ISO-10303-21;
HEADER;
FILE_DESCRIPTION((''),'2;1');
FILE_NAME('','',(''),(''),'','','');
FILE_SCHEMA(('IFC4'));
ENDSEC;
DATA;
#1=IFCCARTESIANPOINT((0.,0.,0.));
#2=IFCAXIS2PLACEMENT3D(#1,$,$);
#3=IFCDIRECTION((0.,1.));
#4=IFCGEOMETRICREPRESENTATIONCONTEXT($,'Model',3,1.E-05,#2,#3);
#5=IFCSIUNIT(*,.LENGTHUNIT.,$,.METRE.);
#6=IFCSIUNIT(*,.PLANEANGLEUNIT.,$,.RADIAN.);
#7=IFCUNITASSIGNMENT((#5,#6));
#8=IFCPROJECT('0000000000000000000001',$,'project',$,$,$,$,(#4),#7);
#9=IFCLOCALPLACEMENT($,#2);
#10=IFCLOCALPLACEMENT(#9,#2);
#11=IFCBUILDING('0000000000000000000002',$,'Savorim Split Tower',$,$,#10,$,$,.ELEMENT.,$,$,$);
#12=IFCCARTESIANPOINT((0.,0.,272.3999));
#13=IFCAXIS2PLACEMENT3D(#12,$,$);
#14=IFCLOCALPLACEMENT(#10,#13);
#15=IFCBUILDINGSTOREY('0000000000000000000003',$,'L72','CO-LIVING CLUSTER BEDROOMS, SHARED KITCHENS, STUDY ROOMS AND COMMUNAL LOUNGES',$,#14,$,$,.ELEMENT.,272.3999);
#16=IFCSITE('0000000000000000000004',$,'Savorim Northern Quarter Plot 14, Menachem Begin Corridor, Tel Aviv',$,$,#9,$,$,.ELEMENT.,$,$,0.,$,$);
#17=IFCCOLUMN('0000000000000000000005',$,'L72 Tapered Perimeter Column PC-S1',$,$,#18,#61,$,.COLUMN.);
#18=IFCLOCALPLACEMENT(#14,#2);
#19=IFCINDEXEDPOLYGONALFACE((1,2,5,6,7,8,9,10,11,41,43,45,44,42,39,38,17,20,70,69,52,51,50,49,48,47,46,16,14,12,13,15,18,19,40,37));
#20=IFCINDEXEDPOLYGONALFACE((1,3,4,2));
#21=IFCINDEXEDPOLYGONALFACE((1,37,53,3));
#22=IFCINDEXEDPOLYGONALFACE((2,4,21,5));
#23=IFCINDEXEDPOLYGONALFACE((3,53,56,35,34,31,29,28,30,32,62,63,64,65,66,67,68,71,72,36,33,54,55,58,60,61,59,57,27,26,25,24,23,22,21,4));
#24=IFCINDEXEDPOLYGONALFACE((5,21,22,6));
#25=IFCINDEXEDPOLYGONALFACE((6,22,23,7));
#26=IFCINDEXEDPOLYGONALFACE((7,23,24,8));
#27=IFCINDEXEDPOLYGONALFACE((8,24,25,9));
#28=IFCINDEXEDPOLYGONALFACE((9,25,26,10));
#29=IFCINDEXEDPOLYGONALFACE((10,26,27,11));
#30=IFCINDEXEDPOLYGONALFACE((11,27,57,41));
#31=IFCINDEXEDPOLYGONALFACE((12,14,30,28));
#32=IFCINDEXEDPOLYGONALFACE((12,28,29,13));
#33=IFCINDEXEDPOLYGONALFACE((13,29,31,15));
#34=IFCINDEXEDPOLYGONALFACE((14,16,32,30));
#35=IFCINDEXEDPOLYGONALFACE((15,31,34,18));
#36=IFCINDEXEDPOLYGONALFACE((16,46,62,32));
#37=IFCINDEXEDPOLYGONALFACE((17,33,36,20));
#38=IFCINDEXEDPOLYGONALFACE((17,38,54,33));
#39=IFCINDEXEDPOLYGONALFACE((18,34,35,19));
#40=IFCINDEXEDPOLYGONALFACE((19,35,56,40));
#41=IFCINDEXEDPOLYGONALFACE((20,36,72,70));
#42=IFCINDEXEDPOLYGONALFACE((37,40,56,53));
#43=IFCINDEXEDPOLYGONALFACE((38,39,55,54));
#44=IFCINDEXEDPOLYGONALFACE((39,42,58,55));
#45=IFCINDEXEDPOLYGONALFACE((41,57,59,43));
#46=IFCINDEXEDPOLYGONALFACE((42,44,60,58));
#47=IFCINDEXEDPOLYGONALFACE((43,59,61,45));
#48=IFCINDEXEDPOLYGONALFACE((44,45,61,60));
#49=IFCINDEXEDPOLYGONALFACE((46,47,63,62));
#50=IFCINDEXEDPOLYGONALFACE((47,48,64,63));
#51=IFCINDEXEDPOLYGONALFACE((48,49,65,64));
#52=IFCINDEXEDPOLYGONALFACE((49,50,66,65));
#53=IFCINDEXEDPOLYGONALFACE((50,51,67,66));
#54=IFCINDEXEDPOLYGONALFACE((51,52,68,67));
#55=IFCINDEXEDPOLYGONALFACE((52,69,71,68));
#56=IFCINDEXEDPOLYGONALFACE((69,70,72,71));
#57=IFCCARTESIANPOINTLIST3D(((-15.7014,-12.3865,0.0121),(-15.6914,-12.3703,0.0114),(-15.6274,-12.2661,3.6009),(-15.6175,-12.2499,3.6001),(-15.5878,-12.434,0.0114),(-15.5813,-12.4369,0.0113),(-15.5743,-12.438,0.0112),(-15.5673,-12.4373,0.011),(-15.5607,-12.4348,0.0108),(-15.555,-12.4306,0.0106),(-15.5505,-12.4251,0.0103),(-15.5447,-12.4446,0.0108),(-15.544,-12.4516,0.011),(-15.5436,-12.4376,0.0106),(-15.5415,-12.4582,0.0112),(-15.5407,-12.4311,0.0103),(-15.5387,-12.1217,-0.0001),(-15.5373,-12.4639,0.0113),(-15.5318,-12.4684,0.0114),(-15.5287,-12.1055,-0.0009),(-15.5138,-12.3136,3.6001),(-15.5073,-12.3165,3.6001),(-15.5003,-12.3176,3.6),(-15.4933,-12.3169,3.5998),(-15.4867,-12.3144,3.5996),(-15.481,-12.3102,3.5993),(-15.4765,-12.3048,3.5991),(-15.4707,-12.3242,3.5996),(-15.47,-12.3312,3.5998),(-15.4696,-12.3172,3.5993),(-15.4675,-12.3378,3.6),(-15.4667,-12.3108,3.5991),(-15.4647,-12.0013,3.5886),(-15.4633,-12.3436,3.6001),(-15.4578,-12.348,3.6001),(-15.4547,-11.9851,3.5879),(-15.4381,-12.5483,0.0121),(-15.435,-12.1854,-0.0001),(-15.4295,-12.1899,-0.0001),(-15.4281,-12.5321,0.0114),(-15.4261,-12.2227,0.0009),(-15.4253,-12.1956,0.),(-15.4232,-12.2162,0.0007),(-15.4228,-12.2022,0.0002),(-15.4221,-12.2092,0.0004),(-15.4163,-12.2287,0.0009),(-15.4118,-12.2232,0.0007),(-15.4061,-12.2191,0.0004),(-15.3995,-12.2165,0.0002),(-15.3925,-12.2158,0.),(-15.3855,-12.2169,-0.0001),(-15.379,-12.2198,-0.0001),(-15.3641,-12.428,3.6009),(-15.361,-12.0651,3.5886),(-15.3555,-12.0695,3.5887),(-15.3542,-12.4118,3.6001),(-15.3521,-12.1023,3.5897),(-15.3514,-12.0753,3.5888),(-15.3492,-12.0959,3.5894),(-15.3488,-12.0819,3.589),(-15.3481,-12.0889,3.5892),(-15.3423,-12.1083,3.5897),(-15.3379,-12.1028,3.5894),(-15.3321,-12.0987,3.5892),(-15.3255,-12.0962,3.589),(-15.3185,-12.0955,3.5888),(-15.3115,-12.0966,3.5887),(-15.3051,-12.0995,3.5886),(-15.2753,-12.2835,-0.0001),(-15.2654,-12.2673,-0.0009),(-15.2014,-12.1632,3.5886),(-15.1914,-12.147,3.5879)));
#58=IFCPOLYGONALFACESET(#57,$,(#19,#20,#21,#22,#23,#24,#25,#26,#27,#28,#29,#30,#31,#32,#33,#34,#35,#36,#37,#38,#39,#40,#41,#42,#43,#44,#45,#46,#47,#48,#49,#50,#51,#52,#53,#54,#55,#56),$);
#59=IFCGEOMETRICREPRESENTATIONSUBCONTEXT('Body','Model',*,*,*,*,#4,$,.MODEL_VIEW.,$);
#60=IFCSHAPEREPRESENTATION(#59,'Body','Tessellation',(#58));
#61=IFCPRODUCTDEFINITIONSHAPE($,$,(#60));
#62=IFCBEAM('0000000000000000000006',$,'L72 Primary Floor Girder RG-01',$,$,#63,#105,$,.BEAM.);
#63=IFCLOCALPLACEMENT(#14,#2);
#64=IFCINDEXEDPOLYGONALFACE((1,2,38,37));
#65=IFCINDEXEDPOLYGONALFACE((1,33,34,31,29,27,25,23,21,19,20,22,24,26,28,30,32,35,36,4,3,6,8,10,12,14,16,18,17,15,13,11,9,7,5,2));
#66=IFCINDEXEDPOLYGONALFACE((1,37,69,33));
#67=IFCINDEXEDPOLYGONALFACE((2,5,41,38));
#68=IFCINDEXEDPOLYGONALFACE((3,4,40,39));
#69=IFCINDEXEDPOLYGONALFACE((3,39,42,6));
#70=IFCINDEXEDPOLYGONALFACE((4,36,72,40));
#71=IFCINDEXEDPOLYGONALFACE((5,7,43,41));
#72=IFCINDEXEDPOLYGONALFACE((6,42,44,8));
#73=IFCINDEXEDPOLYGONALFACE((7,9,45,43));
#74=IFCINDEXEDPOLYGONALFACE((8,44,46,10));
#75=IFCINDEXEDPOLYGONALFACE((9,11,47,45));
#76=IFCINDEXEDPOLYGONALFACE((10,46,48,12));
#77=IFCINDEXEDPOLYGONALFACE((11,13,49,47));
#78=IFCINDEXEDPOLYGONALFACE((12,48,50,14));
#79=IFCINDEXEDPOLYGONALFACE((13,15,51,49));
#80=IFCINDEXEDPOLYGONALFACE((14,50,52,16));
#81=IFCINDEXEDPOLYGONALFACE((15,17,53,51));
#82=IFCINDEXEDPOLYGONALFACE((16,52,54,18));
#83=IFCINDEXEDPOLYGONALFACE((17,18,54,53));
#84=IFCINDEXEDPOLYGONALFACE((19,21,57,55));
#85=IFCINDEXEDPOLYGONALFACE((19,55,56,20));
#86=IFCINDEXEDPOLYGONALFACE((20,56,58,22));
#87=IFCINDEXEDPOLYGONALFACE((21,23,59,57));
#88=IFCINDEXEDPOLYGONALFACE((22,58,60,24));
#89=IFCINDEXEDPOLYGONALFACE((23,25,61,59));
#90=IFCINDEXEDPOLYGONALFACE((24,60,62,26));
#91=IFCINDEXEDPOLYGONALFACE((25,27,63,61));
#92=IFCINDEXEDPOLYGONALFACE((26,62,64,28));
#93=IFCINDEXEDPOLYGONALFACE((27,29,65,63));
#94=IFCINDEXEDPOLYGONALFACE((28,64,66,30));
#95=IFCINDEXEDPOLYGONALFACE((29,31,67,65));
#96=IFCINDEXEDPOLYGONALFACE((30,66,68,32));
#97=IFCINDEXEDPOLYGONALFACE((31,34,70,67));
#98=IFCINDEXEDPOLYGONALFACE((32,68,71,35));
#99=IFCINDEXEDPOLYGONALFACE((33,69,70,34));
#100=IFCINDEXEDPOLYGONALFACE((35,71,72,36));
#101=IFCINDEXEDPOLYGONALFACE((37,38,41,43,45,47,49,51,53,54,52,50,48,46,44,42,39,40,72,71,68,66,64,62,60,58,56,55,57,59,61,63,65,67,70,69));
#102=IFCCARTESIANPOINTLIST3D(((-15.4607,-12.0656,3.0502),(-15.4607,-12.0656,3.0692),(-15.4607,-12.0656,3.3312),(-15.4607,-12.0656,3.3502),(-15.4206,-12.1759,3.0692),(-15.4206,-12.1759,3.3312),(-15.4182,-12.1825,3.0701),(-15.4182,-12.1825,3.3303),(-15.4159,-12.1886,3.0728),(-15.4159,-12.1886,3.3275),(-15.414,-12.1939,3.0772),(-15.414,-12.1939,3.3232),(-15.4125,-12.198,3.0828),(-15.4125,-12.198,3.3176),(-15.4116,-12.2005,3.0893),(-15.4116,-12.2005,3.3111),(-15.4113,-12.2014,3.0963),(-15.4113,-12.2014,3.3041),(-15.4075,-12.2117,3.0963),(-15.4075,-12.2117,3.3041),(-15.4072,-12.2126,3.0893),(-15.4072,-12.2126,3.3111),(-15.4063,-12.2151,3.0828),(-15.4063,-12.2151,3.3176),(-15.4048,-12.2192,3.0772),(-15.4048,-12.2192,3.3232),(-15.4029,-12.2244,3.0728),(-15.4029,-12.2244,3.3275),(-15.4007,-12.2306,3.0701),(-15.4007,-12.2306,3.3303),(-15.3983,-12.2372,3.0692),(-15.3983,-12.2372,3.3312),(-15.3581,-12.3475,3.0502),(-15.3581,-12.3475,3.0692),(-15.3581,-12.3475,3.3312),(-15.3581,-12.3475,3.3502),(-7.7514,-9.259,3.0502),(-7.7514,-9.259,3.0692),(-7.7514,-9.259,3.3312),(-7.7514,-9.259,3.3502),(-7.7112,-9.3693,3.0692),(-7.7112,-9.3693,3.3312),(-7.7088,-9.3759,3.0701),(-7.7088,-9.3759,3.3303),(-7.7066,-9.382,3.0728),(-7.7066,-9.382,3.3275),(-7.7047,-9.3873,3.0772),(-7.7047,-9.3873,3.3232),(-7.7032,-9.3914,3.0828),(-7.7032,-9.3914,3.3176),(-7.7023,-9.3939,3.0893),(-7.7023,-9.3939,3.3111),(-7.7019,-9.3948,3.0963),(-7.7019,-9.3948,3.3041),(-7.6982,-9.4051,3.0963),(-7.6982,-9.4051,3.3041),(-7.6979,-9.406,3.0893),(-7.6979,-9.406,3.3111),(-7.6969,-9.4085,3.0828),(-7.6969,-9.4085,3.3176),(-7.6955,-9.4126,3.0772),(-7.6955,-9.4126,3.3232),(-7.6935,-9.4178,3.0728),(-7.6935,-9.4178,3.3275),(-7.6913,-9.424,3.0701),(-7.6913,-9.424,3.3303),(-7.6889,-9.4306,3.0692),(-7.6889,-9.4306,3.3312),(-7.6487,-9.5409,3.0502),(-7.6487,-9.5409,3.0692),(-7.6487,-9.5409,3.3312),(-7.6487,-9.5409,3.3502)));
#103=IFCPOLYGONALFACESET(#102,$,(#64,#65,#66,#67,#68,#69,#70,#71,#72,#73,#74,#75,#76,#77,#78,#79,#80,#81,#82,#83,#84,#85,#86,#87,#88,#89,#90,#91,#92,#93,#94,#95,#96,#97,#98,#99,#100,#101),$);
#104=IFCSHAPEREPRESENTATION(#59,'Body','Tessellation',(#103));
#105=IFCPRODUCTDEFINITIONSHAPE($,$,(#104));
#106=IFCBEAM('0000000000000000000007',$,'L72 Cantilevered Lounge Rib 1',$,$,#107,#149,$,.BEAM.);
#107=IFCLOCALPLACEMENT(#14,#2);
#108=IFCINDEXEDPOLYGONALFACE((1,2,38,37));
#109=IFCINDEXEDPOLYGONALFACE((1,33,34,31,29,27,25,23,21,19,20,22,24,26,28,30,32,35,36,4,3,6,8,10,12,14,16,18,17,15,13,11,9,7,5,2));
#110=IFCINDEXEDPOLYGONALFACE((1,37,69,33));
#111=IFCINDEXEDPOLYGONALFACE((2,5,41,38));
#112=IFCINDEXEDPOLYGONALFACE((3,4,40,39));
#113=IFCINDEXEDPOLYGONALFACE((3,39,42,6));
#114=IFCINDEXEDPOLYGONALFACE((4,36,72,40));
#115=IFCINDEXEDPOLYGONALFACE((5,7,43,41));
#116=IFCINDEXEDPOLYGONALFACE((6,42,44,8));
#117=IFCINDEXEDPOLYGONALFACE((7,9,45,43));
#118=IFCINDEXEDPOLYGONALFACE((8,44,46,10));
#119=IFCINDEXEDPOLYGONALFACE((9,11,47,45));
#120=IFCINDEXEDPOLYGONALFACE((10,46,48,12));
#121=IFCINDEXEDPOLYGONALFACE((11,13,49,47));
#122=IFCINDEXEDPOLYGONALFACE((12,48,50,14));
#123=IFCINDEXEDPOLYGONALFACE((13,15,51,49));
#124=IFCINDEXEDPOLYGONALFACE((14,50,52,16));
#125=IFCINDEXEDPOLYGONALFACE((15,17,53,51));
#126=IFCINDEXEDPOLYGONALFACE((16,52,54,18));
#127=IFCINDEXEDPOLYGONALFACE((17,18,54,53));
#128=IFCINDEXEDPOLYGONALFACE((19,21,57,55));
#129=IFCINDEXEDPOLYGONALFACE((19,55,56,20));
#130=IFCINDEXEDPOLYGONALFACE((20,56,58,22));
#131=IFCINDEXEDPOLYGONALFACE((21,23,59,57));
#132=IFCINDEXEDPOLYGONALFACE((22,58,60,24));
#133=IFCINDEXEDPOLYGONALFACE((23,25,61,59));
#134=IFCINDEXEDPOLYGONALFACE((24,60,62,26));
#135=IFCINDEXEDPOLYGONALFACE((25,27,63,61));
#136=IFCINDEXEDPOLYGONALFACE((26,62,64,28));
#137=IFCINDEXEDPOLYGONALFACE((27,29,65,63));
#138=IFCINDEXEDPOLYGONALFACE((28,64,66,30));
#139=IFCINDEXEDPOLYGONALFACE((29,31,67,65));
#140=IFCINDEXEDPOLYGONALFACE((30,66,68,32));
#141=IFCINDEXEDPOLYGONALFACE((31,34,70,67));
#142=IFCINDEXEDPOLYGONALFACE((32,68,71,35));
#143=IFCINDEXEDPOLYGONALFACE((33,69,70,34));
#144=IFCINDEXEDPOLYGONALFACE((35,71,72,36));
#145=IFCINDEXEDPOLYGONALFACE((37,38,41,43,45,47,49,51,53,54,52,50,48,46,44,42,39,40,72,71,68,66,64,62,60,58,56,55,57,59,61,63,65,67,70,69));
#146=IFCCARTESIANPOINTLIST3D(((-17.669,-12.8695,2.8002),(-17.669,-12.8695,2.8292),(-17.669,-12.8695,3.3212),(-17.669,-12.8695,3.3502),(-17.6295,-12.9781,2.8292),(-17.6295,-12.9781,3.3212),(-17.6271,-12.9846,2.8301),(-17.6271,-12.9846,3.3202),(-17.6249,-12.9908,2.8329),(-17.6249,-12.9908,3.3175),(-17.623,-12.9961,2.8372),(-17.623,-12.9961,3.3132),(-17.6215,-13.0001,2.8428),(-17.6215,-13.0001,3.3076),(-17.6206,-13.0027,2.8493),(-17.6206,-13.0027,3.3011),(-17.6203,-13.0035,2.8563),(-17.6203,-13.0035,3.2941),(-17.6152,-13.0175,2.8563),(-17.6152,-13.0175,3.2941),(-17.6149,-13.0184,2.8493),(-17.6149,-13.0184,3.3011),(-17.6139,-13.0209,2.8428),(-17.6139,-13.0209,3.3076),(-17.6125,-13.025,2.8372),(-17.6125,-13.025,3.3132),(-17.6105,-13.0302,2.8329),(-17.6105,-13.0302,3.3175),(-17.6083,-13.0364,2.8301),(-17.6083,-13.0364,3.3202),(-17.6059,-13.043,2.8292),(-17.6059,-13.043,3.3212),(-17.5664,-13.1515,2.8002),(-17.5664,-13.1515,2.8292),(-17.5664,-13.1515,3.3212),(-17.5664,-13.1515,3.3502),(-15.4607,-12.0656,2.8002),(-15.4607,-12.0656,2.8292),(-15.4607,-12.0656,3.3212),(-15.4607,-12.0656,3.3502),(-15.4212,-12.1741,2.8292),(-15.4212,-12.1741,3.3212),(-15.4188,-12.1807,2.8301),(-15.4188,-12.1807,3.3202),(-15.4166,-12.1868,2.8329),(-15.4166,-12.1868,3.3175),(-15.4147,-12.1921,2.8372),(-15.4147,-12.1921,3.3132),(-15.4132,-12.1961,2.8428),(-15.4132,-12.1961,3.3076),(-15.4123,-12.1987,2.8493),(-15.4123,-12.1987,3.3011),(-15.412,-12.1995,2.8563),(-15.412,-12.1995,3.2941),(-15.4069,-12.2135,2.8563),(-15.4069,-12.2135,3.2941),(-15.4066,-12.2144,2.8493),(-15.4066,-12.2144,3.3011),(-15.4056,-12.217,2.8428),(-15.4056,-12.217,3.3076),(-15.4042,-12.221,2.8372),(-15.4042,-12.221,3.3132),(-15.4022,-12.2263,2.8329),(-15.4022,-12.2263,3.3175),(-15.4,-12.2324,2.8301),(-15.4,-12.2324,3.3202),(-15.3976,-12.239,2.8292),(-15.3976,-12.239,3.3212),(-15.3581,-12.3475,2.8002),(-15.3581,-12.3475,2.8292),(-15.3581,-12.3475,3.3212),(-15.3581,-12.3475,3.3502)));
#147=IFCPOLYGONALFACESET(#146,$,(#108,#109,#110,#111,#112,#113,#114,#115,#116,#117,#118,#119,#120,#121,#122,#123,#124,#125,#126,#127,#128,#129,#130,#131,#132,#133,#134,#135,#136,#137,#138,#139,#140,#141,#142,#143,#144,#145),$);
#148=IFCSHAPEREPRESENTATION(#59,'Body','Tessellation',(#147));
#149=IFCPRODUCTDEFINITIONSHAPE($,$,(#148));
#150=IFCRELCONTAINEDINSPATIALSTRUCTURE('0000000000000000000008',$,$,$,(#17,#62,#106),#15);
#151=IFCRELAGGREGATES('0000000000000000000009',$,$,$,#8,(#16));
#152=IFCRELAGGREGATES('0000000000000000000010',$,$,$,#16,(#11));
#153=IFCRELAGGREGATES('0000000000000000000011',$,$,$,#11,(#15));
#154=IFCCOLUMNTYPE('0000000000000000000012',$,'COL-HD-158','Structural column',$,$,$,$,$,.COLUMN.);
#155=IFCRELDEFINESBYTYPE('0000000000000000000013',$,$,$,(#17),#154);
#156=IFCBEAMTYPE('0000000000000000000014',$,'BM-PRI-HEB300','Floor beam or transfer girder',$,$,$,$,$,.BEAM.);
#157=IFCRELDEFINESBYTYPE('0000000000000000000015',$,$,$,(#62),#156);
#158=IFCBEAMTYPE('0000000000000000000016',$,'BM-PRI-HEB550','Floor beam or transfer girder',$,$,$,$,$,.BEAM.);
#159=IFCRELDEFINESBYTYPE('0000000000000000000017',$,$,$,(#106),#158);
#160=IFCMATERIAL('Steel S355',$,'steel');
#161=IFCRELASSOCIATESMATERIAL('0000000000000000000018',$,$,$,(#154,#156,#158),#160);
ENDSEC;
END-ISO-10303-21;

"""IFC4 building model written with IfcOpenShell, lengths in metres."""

from ifc_helpers import new_model, si_unit, direction, frame, origin, origin_2d, place, context, subcontext, project, spatial, i_section, extrude, material, material_profile, profile_set, type_object, element, save


model = new_model("IFC4")

# Units and contexts
model_context = context("Model", 3, precision=1e-05, world=origin(), true_north=direction((0.0, 1.0)))
body_context = subcontext(model_context, "Body", "Model", "MODEL_VIEW")
ifc_project = project(units=[si_unit("LENGTHUNIT", "METRE"), si_unit("PLANEANGLEUNIT", "RADIAN")], contexts=[model_context])

# Site, building, storey
site_placement = place(None, origin())
site = spatial("IfcSite", under=ifc_project, at=site_placement, Name="Savorim Northern Quarter Plot 14, Menachem Begin Corridor, Tel Aviv", CompositionType="ELEMENT", RefElevation=0.0)
building_placement = place(site_placement, origin())
building = spatial("IfcBuilding", under=site, at=building_placement, Name="Savorim Split Tower", CompositionType="ELEMENT")
storey_placement = place(building_placement, frame((0.0, 0.0, 272.3999)))
storey = spatial("IfcBuildingStorey", under=building, at=storey_placement, Name="L72", Description="CO-LIVING CLUSTER BEDROOMS, SHARED KITCHENS, STUDY ROOMS AND COMMUNAL LOUNGES", CompositionType="ELEMENT", Elevation=272.3999)

# Column
ifc_material_1 = material(Name="Steel S355", Category="steel")
ifc_material_profile_1 = material_profile(ifc_material_1, i_section(OverallWidth=0.3091, OverallDepth=0.3301, WebThickness=0.0115, FlangeThickness=0.019, FilletRadius=0.0271, at=origin_2d()), Name="HD 320x158")
ifc_profile_set_1 = profile_set([ifc_material_profile_1], Name="Steel S355")
column_type = type_object("IfcColumnType", Name="COL-HD-158", Description="Structural column", PredefinedType="COLUMN", material=ifc_profile_set_1)
column_placement = place(storey_placement, frame((-15.4834, -12.3269, 0.0056), z_axis=(0.020596, 0.033511, 0.999226), x_axis=(-0.851955, 0.523615, 0.0)))
element("IfcColumn", 1, at=column_placement, inside=storey, type_object=column_type, Name="L72 Tapered Perimeter Column PC-S1", PredefinedType="COLUMN", context=body_context, shape_type="SweptSolid", body=[
    extrude(i_section(OverallWidth=0.3091, OverallDepth=0.3301, WebThickness=0.0115, FlangeThickness=0.019, FilletRadius=0.0271, at=origin_2d()), origin(), (0.0, 0.0, 1.0), 3.5916),
])

# Beams
ifc_material_profile_2 = material_profile(ifc_material_1, i_section(OverallWidth=0.3, OverallDepth=0.3, WebThickness=0.011, FlangeThickness=0.019, FilletRadius=0.0271, at=origin_2d()), Name="HEB 300")
ifc_profile_set_2 = profile_set([ifc_material_profile_2], Name="Steel S355")
beam_type_1 = type_object("IfcBeamType", Name="BM-PRI-HEB300", Description="Floor beam or transfer girder", PredefinedType="BEAM", material=ifc_profile_set_2)
beam_1_placement = place(storey_placement, frame((-15.4094, -12.2065, 3.2002), z_axis=(0.939668, 0.342087, 0.0), x_axis=(-0.342087, 0.939668, 0.0)))
element("IfcBeam", 2, at=beam_1_placement, inside=storey, type_object=beam_type_1, Name="L72 Primary Floor Girder RG-01", PredefinedType="BEAM", context=body_context, shape_type="SweptSolid", body=[
    extrude(i_section(OverallWidth=0.3, OverallDepth=0.3, WebThickness=0.011, FlangeThickness=0.019, FilletRadius=0.0271, at=origin_2d()), origin(), (0.0, 0.0, 1.0), 8.2043),
])
ifc_material_profile_3 = material_profile(ifc_material_1, i_section(OverallWidth=0.3, OverallDepth=0.55, WebThickness=0.0149, FlangeThickness=0.0291, FilletRadius=0.0271, at=origin_2d()), Name="HEB 550")
ifc_profile_set_3 = profile_set([ifc_material_profile_3], Name="Steel S355")
beam_type_2 = type_object("IfcBeamType", Name="BM-PRI-HEB550", Description="Floor beam or transfer girder", PredefinedType="BEAM", material=ifc_profile_set_3)
beam_2_placement = place(storey_placement, frame((-15.4094, -12.2065, 3.0752), z_axis=(-0.939663, -0.342102, 0.0), x_axis=(0.342102, -0.939663, 0.0)))
element("IfcBeam", 3, at=beam_2_placement, inside=storey, type_object=beam_type_2, Name="L72 Cantilevered Lounge Rib 1", PredefinedType="BEAM", context=body_context, shape_type="SweptSolid", body=[
    extrude(i_section(OverallWidth=0.3, OverallDepth=0.55, WebThickness=0.0149, FlangeThickness=0.0291, FilletRadius=0.0271, at=origin_2d()), origin(), (0.0, 0.0, 1.0), 2.3501),
])

save(model, "model.ifc")
